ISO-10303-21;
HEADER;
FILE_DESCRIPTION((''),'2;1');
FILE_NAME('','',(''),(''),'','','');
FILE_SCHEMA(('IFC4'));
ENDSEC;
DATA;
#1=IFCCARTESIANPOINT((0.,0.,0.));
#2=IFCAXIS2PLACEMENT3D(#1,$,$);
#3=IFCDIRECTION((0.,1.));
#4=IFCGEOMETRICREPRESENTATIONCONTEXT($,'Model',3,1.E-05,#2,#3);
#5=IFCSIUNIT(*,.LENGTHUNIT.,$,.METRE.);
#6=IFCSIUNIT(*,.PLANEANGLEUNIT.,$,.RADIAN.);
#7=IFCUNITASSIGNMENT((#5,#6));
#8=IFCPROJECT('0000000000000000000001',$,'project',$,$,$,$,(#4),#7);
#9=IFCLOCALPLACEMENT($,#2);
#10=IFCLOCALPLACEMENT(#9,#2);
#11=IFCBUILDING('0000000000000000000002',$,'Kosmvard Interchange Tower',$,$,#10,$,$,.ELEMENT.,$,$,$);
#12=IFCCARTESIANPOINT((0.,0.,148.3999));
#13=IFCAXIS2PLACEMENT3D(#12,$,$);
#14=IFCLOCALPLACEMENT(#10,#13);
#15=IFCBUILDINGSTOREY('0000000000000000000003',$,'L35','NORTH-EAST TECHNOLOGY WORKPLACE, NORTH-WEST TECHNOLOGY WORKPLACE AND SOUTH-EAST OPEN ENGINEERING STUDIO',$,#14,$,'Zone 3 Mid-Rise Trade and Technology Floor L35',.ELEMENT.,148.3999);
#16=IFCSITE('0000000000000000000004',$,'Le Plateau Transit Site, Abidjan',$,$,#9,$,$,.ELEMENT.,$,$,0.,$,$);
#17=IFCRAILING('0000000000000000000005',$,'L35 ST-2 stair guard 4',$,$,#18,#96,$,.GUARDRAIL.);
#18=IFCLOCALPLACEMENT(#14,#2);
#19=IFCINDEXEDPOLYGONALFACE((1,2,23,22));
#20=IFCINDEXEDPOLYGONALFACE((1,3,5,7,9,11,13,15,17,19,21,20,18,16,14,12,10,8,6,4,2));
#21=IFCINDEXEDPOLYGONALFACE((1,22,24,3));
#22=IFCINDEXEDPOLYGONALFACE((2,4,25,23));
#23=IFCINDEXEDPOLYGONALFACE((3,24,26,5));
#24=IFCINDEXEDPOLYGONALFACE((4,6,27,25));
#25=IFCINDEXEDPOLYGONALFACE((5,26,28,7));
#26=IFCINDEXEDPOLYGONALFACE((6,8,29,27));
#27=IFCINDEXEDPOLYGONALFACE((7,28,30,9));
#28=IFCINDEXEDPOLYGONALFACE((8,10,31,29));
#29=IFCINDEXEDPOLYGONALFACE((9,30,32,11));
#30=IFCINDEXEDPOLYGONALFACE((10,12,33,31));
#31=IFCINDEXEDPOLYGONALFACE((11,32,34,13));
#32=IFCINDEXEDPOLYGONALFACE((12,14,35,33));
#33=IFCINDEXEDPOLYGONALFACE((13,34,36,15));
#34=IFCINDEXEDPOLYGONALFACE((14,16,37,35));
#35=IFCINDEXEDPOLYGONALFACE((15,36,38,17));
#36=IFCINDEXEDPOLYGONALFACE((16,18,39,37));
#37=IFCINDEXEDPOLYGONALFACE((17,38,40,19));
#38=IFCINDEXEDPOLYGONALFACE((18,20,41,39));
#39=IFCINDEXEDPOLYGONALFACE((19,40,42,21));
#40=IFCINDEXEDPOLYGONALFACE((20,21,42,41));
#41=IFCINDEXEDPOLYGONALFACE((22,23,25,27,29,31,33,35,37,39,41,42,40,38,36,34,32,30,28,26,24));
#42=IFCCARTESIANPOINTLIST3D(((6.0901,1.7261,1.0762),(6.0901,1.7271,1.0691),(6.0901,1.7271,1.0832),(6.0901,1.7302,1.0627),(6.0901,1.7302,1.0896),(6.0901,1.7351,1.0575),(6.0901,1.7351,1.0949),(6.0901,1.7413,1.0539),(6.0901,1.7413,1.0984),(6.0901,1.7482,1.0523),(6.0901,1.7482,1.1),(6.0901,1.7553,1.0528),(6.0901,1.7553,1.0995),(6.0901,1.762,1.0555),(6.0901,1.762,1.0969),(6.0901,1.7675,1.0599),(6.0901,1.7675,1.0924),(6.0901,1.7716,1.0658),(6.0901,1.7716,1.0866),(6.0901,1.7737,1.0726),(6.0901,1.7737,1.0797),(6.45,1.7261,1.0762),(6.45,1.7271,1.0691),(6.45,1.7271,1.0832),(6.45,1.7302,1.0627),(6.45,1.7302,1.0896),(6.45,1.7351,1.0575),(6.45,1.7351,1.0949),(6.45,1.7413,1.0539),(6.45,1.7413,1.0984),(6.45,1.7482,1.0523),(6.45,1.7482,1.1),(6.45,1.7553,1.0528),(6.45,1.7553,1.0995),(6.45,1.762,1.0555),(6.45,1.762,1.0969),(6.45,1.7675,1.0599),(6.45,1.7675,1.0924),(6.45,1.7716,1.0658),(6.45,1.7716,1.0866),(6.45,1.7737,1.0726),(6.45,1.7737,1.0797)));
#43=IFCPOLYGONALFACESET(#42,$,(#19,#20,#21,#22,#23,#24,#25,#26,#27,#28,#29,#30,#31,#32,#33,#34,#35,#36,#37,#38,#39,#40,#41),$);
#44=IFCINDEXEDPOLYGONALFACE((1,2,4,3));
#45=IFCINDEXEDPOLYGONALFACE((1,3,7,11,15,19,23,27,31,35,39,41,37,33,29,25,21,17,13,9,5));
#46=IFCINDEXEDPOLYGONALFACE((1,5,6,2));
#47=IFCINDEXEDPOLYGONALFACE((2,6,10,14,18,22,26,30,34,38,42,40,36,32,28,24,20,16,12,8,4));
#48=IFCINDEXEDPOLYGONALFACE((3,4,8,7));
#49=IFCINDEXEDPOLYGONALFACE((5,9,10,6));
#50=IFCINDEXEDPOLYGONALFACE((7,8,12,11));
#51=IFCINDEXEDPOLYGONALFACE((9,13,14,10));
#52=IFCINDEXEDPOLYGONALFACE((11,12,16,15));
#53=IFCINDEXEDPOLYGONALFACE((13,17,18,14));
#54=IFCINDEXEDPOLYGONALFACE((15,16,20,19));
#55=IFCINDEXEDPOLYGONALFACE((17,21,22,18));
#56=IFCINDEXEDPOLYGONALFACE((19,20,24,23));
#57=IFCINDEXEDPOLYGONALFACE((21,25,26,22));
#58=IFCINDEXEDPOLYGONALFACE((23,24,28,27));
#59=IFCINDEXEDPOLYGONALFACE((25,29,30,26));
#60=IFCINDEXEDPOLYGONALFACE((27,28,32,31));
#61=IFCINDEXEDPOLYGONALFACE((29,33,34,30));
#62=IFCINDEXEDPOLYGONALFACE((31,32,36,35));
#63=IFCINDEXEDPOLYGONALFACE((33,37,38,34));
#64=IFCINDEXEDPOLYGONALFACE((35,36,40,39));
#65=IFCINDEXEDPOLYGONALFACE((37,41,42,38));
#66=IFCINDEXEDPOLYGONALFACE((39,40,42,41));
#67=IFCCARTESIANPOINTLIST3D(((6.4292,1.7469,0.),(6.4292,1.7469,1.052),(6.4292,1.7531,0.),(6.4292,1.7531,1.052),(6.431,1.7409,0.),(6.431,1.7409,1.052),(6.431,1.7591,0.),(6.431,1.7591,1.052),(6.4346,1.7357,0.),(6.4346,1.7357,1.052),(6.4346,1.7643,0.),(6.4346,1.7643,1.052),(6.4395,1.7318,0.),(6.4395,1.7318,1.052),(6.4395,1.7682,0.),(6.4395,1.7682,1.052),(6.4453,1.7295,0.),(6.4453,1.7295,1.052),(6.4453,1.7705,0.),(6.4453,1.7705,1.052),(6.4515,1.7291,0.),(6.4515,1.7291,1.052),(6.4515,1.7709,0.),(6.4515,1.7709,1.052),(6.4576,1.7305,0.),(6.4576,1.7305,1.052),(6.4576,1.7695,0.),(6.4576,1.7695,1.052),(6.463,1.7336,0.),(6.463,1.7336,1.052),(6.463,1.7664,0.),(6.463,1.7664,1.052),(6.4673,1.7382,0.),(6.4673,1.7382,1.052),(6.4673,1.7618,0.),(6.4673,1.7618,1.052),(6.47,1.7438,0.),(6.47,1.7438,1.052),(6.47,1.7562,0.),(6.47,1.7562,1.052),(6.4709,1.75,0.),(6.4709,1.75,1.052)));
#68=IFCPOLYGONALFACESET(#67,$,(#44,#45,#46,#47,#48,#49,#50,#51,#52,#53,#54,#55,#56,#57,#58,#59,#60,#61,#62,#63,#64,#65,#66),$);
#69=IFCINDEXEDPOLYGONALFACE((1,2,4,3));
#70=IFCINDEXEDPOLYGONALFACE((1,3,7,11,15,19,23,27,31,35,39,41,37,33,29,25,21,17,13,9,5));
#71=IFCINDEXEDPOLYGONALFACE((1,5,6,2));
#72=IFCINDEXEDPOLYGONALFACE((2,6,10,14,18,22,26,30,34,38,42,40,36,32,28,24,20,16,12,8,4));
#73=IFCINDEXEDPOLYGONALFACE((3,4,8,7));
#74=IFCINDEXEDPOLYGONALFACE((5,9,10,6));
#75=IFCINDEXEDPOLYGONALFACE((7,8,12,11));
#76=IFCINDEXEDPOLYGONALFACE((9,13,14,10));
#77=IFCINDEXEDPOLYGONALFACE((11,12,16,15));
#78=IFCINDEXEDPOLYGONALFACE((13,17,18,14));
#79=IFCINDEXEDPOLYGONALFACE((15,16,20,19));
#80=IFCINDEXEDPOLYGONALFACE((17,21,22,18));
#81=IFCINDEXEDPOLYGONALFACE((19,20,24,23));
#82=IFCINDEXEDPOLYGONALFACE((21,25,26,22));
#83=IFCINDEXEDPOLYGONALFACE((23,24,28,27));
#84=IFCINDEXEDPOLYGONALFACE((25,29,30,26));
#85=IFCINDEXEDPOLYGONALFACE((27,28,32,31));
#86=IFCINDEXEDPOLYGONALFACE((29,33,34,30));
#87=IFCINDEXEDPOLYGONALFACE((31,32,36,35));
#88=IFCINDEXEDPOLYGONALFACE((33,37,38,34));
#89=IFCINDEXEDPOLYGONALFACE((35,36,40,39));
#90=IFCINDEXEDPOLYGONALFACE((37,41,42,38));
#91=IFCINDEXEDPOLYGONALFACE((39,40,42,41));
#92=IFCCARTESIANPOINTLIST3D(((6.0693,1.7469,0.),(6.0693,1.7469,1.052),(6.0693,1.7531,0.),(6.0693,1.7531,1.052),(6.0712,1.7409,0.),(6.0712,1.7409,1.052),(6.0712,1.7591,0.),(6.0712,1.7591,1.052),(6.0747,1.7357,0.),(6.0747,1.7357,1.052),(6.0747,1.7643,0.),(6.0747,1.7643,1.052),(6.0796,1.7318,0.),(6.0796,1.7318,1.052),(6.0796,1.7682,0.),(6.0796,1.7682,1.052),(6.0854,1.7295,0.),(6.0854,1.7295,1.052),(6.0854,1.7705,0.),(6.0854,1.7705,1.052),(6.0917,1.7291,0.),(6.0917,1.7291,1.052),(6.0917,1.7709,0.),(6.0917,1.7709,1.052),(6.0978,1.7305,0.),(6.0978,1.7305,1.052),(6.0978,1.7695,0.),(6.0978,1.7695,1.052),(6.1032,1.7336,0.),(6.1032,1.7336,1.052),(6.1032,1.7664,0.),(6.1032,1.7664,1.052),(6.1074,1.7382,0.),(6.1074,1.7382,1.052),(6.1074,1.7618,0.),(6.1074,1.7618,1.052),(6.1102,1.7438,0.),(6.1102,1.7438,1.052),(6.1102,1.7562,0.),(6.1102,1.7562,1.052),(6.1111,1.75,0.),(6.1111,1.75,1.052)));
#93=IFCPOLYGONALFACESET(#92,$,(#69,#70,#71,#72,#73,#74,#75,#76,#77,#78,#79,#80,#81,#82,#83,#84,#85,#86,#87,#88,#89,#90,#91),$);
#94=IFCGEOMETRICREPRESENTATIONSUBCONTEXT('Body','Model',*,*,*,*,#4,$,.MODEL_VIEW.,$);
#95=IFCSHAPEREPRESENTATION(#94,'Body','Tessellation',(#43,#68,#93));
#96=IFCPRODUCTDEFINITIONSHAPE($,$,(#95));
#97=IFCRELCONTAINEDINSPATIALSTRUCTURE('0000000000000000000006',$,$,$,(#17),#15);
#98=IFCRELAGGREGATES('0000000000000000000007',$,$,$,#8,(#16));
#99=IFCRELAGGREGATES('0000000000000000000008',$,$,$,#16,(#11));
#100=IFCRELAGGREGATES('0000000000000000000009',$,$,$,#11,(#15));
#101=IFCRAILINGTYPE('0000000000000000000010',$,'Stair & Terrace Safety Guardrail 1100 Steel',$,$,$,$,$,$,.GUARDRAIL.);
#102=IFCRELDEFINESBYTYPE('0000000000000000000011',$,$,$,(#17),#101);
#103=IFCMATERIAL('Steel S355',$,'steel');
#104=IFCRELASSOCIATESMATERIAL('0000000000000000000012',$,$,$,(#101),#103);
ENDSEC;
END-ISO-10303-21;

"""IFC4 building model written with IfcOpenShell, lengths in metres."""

from ifc_helpers import new_model, si_unit, direction, frame, origin, origin_2d, place, context, subcontext, project, spatial, circle, extrude, source, transform, mapped, material, type_object, element, save


model = new_model("IFC4")

# Units and contexts
model_context = context("Model", 3, precision=1e-05, world=origin(), true_north=direction((0.0, 1.0)))
body_context = subcontext(model_context, "Body", "Model", "MODEL_VIEW")
ifc_project = project(units=[si_unit("LENGTHUNIT", "METRE"), si_unit("PLANEANGLEUNIT", "RADIAN")], contexts=[model_context])

# Site, building, storey
site_placement = place(None, origin())
site = spatial("IfcSite", under=ifc_project, at=site_placement, Name="Le Plateau Transit Site, Abidjan", CompositionType="ELEMENT", RefElevation=0.0)
building_placement = place(site_placement, origin())
building = spatial("IfcBuilding", under=site, at=building_placement, Name="Kosmvard Interchange Tower", CompositionType="ELEMENT")
storey_placement = place(building_placement, frame((0.0, 0.0, 148.3999)))
storey = spatial("IfcBuildingStorey", under=building, at=storey_placement, Name="L35", Description="NORTH-EAST TECHNOLOGY WORKPLACE, NORTH-WEST TECHNOLOGY WORKPLACE AND SOUTH-EAST OPEN ENGINEERING STUDIO", LongName="Zone 3 Mid-Rise Trade and Technology Floor L35", CompositionType="ELEMENT", Elevation=148.3999)

# Railing
ifc_material_1 = material(Name="Steel S355", Category="steel")
railing_type_1 = type_object("IfcRailingType", Name="Stair & Terrace Safety Guardrail 1100 Steel", PredefinedType="GUARDRAIL", material=ifc_material_1)
shared_shape_1 = source(origin(), body_context, "Body", "SweptSolid", [
    extrude(circle(Radius=0.0239, at=origin_2d()), frame((0.0, 0.0, 1.0762), z_axis=(-1.0, 0.0, 0.0), x_axis=(0.0, -1.0, 0.0)), (0.0, 0.0, 1.0), 0.3599),
    extrude(circle(Radius=0.021, at=origin_2d()), origin(), (0.0, 0.0, 1.0), 1.052),
    extrude(circle(Radius=0.021, at=origin_2d()), frame((-0.3599, 0.0, 0.0)), (0.0, 0.0, 1.0), 1.052),
])
for number, where, name in (
    (1, (6.45, 1.75, 0.0), "L35 ST-2 stair guard 4"),
):
    element("IfcRailing", number, at=place(storey_placement, frame(where)), inside=storey, type_object=railing_type_1, Name=name, PredefinedType="GUARDRAIL", context=body_context, shape_type="MappedRepresentation", body=[
        mapped(shared_shape_1, transform((0.0, 0.0, 0.0), scale=1.0)),
    ])

save(model, "model.ifc")
